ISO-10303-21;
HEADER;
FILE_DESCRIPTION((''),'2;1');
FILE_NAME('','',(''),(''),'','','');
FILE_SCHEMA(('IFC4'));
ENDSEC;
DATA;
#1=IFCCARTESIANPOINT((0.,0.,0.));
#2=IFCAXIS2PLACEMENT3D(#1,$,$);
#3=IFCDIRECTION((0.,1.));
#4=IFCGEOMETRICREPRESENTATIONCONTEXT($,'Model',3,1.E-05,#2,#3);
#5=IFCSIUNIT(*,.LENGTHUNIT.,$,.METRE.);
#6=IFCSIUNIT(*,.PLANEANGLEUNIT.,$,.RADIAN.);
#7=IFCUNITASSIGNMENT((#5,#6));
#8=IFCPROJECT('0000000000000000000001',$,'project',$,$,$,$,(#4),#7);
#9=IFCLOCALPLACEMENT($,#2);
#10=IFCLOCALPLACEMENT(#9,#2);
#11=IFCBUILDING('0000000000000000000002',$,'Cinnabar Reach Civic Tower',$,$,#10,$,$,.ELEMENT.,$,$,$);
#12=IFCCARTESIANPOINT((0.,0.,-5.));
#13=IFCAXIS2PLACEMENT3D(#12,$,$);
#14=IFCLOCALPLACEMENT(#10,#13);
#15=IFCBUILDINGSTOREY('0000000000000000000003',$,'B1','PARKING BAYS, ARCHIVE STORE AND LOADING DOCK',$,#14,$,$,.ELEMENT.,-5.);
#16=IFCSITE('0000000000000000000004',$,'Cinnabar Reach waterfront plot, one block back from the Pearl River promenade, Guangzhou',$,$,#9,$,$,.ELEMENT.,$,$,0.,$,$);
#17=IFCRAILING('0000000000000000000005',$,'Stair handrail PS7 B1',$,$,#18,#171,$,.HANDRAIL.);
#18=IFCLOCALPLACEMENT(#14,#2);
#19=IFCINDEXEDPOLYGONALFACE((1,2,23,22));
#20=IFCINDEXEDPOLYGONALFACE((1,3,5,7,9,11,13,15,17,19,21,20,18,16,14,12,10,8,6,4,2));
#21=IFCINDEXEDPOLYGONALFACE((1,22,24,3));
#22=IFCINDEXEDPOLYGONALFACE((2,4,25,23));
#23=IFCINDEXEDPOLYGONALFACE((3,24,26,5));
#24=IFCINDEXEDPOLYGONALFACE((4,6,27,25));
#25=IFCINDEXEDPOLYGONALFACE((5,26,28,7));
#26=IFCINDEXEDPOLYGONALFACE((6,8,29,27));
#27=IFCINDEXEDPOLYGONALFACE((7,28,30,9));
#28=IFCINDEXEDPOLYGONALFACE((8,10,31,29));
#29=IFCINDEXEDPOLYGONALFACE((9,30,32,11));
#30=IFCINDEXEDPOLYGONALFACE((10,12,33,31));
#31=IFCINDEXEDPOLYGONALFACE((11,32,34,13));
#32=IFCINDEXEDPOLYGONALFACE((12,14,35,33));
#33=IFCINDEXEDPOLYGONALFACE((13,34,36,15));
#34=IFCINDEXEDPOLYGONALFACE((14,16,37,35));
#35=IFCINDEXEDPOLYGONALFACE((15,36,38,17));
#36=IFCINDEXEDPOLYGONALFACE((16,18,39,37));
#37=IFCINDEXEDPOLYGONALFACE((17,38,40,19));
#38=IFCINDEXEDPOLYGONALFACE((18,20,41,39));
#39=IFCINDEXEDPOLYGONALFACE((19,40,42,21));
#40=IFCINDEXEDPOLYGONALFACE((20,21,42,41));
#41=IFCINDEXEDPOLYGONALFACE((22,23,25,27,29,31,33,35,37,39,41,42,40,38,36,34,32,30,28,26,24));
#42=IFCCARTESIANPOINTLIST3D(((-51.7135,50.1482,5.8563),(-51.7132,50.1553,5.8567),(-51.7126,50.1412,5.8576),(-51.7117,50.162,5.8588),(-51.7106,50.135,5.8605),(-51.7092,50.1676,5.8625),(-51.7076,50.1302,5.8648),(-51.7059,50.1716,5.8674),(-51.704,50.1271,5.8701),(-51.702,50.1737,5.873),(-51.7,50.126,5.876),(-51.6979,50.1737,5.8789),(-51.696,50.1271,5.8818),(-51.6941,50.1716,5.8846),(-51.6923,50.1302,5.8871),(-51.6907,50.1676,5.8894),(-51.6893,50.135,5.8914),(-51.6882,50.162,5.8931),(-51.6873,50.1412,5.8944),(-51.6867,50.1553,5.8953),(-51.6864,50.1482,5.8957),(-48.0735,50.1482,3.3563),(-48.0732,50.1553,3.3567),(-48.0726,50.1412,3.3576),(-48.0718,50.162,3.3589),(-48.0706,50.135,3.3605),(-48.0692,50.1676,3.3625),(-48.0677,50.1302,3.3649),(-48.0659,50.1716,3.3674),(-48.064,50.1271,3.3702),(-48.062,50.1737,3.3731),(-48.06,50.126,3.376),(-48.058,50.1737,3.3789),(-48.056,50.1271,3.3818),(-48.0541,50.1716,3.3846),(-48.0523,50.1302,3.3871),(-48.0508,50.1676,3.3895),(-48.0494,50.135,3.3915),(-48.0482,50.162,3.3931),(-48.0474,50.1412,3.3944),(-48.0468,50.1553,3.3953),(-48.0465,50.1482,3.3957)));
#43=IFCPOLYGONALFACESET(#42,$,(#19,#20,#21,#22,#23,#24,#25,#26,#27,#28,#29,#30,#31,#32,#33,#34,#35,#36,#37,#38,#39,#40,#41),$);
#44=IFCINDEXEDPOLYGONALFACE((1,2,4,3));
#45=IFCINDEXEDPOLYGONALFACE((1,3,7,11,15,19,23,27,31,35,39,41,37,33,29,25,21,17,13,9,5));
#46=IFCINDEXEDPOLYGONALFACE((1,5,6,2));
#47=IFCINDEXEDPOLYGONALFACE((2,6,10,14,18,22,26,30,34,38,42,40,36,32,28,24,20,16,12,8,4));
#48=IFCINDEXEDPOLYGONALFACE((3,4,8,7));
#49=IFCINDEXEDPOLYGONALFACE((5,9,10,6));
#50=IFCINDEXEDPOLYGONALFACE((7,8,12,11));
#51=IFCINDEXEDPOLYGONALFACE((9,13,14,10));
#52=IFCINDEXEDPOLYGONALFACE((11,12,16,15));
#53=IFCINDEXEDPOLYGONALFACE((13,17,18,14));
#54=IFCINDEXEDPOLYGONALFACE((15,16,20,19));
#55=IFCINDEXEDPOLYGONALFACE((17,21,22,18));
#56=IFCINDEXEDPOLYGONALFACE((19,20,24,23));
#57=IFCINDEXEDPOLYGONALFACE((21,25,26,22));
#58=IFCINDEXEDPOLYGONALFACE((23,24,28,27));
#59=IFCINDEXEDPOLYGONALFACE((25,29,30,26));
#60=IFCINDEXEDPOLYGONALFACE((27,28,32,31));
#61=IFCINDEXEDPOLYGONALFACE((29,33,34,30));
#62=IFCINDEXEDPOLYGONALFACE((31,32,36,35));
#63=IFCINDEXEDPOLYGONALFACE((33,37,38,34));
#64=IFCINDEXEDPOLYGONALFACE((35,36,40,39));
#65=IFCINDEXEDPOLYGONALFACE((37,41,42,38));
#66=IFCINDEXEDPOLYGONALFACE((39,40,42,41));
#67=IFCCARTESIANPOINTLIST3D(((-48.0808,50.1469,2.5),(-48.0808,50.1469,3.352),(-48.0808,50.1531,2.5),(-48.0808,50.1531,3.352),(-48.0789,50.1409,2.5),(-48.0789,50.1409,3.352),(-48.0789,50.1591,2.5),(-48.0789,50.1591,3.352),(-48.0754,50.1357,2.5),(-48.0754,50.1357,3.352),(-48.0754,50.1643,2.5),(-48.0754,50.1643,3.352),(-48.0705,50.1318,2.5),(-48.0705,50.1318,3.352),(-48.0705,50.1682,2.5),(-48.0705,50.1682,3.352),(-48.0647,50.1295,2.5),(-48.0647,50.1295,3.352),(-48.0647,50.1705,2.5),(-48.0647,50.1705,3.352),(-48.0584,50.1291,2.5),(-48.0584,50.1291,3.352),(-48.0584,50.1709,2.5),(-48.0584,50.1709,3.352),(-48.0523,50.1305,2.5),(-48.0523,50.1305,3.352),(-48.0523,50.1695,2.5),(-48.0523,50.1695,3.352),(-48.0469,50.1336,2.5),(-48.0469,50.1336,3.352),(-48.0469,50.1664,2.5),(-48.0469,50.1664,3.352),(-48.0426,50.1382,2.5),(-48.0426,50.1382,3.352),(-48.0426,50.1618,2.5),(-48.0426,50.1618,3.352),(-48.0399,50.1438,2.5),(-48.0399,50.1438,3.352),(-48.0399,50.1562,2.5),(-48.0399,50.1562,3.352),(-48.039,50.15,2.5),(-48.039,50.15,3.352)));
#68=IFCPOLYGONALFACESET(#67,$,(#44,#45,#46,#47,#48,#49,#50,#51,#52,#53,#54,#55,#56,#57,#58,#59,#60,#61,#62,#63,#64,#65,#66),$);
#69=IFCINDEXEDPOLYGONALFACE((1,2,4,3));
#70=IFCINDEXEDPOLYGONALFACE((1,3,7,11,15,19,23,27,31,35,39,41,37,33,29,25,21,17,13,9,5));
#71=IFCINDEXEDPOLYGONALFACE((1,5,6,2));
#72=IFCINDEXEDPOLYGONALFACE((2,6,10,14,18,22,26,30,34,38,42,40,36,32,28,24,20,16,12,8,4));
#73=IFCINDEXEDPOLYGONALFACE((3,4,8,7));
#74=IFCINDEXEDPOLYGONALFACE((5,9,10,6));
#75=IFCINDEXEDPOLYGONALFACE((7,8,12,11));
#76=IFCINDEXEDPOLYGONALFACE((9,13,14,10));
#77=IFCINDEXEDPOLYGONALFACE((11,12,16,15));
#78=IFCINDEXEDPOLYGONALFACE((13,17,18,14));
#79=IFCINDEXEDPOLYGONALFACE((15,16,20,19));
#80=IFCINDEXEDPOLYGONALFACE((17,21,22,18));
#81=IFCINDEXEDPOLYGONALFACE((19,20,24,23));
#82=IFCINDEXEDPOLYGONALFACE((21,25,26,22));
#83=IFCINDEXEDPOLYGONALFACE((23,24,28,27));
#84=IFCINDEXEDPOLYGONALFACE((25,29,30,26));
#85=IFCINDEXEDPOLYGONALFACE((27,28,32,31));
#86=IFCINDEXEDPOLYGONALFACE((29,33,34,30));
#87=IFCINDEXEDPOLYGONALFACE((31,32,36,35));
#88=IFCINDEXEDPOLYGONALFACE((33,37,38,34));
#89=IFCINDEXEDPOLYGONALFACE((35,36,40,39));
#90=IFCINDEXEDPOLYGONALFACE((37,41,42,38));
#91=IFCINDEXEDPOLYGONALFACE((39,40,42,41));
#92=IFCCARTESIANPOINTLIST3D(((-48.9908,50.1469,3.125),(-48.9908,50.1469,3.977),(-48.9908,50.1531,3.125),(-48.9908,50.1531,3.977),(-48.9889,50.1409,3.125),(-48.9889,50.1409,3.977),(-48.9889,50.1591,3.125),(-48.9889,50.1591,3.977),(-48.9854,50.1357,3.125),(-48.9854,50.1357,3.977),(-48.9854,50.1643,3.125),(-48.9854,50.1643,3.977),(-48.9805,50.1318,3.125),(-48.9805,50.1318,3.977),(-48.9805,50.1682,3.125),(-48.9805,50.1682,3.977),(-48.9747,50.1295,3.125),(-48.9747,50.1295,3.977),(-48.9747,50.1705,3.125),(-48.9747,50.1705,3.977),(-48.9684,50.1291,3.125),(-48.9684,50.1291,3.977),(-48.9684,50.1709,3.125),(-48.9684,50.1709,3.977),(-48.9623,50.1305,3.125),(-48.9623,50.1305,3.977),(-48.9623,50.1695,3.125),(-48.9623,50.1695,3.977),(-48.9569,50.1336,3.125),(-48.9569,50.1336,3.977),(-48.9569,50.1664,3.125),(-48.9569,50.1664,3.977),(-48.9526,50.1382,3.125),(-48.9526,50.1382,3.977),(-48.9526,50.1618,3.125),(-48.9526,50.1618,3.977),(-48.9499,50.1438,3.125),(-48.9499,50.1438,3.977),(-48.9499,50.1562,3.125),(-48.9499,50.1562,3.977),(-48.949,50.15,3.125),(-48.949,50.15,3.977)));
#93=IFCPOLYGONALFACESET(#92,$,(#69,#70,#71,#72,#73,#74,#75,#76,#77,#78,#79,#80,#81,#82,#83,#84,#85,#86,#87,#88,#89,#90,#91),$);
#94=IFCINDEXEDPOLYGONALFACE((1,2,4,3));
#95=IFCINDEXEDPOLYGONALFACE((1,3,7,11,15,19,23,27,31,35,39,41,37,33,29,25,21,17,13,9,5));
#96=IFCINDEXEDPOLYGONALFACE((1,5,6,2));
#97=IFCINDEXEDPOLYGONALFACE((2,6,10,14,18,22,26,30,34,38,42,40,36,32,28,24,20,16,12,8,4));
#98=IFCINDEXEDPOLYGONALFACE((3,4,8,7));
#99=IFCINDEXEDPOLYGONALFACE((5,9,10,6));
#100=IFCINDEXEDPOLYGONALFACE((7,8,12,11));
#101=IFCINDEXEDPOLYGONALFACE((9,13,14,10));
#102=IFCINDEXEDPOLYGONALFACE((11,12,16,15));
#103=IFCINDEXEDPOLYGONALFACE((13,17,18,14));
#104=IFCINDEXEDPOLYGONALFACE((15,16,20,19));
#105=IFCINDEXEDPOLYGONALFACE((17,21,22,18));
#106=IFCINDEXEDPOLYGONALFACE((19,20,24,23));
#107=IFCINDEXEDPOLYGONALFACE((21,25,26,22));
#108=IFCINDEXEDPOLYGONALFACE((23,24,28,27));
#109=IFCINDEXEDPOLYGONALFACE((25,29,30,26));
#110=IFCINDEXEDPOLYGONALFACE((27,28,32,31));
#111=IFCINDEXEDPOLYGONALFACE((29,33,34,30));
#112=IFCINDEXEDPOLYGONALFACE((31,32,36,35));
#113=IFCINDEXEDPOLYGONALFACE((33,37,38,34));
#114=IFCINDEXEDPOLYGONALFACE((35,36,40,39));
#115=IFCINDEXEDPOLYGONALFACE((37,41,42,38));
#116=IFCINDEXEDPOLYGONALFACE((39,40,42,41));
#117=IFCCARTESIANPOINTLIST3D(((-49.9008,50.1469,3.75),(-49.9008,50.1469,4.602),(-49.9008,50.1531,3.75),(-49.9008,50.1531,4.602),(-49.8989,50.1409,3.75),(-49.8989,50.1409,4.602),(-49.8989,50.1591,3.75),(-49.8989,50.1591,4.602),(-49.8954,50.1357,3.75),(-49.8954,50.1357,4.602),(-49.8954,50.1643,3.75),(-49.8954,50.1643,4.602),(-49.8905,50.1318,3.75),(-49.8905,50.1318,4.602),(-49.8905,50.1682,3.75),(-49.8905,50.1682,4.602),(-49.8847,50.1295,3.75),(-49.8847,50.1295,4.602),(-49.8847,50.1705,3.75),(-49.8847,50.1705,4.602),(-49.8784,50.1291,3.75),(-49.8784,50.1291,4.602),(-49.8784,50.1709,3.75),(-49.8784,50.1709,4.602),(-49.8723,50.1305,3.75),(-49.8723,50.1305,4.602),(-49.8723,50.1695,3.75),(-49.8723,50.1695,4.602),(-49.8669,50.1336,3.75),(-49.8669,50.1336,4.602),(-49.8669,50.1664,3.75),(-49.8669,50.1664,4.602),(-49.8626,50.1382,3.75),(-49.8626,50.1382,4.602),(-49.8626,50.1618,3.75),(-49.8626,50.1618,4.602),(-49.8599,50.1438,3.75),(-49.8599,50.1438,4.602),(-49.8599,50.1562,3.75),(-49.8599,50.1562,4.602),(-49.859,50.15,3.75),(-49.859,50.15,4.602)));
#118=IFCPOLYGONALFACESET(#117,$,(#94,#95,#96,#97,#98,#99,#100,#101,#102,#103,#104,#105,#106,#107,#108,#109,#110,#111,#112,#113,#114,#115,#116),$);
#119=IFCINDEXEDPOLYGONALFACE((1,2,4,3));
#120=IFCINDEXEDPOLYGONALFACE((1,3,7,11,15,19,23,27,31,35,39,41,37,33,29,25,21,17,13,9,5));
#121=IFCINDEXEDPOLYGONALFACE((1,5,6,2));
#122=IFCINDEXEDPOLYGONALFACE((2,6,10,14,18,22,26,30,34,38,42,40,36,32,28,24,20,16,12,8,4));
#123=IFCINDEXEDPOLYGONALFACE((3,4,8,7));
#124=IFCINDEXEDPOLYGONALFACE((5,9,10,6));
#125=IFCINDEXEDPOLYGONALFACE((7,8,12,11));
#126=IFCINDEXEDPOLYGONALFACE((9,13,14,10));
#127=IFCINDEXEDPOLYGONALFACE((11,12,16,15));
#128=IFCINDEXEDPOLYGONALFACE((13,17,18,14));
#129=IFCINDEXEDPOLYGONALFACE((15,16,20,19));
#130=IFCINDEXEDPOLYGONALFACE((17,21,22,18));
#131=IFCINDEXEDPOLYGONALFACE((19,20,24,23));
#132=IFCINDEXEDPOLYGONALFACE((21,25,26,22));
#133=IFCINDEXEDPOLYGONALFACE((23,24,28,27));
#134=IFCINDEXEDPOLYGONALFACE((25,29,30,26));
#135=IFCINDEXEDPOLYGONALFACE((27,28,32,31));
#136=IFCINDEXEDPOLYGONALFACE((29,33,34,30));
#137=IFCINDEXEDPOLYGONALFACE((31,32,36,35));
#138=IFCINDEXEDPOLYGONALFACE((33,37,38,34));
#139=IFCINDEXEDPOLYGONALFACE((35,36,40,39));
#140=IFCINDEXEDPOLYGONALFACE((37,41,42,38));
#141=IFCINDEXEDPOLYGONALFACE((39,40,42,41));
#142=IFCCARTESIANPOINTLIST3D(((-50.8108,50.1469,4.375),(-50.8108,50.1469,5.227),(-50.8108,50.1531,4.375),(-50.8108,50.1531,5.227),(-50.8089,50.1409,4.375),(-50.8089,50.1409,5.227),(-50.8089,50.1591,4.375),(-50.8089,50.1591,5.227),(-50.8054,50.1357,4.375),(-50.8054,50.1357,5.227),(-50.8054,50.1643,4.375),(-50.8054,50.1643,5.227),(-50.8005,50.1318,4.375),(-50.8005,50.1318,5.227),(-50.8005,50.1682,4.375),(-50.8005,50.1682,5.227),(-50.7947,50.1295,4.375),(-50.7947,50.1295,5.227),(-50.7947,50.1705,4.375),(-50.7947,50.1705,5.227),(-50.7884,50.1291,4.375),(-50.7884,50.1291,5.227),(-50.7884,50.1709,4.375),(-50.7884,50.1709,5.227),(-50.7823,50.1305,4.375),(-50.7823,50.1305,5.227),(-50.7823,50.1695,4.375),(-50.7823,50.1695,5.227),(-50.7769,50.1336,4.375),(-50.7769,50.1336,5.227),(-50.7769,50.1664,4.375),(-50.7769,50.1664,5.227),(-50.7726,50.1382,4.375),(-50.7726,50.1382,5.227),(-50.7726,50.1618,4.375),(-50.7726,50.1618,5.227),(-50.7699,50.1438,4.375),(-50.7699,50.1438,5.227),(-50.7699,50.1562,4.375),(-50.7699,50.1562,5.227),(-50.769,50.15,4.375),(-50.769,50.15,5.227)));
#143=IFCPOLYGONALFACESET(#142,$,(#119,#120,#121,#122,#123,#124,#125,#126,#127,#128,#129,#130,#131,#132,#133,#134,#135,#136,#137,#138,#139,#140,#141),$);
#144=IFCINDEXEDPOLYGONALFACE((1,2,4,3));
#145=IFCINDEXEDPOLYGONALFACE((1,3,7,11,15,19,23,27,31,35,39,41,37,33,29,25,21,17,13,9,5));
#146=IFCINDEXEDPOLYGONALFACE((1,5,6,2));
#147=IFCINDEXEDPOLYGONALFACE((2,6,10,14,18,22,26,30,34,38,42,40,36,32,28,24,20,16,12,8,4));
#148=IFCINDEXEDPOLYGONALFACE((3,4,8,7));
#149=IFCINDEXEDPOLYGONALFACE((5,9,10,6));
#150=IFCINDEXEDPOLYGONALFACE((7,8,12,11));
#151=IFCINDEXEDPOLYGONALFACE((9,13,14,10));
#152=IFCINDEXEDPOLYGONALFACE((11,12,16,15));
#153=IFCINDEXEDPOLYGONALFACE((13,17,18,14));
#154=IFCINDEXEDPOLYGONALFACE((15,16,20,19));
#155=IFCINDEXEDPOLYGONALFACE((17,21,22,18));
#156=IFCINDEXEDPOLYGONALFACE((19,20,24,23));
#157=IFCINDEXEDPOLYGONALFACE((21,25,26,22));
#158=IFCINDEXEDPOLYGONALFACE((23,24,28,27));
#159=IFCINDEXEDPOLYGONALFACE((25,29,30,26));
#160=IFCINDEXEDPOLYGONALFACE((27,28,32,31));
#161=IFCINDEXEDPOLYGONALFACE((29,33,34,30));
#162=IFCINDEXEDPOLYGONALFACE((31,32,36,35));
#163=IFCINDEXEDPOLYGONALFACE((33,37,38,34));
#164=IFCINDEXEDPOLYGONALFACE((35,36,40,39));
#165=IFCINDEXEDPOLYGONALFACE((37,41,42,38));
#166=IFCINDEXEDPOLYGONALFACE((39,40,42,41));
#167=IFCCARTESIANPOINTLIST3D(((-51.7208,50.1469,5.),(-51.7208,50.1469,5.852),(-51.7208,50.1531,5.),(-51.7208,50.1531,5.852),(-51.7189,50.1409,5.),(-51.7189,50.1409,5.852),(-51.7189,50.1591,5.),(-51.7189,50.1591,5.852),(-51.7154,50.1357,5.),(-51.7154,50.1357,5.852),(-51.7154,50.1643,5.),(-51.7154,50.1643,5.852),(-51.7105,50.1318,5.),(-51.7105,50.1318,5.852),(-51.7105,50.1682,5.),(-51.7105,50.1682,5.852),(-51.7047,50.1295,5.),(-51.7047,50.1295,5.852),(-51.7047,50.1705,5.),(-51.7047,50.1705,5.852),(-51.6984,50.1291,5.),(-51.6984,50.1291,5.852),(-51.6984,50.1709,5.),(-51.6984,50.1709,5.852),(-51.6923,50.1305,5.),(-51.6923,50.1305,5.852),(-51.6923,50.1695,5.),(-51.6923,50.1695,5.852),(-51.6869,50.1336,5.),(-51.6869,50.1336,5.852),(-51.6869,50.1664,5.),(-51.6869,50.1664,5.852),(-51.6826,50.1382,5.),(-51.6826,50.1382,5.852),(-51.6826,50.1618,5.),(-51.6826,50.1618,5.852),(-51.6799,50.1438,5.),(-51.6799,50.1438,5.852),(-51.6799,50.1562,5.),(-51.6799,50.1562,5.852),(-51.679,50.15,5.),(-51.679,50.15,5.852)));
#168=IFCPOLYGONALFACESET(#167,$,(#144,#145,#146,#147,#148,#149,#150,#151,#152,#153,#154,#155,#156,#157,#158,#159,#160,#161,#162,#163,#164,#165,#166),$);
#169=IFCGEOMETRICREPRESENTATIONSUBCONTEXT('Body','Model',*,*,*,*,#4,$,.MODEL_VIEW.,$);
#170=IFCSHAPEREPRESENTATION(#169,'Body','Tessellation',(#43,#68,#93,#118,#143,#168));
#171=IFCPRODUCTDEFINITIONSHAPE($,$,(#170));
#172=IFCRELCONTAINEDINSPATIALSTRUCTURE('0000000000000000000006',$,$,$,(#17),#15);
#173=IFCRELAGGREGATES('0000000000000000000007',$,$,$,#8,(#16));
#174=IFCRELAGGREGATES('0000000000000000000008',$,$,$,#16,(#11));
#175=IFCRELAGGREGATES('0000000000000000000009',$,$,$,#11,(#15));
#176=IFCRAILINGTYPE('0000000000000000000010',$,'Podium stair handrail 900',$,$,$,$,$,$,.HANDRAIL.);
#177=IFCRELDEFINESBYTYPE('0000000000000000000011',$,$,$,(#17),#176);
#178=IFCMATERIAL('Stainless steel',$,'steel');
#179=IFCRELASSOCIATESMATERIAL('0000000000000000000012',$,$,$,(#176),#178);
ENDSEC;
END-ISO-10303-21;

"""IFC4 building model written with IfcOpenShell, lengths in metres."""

from ifc_helpers import new_model, si_unit, direction, frame, origin, origin_2d, place, context, subcontext, project, spatial, circle, extrude, material, type_object, element, save


model = new_model("IFC4")

# Units and contexts
model_context = context("Model", 3, precision=1e-05, world=origin(), true_north=direction((0.0, 1.0)))
body_context = subcontext(model_context, "Body", "Model", "MODEL_VIEW")
ifc_project = project(units=[si_unit("LENGTHUNIT", "METRE"), si_unit("PLANEANGLEUNIT", "RADIAN")], contexts=[model_context])

# Site, building, storey
site_placement = place(None, origin())
site = spatial("IfcSite", under=ifc_project, at=site_placement, Name="Cinnabar Reach waterfront plot, one block back from the Pearl River promenade, Guangzhou", CompositionType="ELEMENT", RefElevation=0.0)
building_placement = place(site_placement, origin())
building = spatial("IfcBuilding", under=site, at=building_placement, Name="Cinnabar Reach Civic Tower", CompositionType="ELEMENT")
storey_placement = place(building_placement, frame((0.0, 0.0, -5.0)))
storey = spatial("IfcBuildingStorey", under=building, at=storey_placement, Name="B1", Description="PARKING BAYS, ARCHIVE STORE AND LOADING DOCK", CompositionType="ELEMENT", Elevation=-5.0)

# Railing
ifc_material_1 = material(Name="Stainless steel", Category="steel")
railing_type_1 = type_object("IfcRailingType", Name="Podium stair handrail 900", PredefinedType="HANDRAIL", material=ifc_material_1)
for number, where, name in (
    (1, (-48.06, 50.15, 2.5), "Stair handrail PS7 B1"),
):
    element("IfcRailing", number, at=place(storey_placement, frame(where)), inside=storey, type_object=railing_type_1, Name=name, PredefinedType="HANDRAIL", context=body_context, shape_type="SweptSolid", body=[
        extrude(circle(Radius=0.024, at=origin_2d()), frame((0.0, 0.0, 0.876), z_axis=(-0.824306, 0.0, 0.566144), x_axis=(0.0, -1.0, 0.0)), (0.0, 0.0, 1.0), 4.4158),
        extrude(circle(Radius=0.021, at=origin_2d()), origin(), (0.0, 0.0, 1.0), 0.852),
        extrude(circle(Radius=0.021, at=origin_2d()), frame((-0.91, 0.0, 0.625)), (0.0, 0.0, 1.0), 0.852),
        extrude(circle(Radius=0.021, at=origin_2d()), frame((-1.82, 0.0, 1.25)), (0.0, 0.0, 1.0), 0.852),
        extrude(circle(Radius=0.021, at=origin_2d()), frame((-2.73, 0.0, 1.875)), (0.0, 0.0, 1.0), 0.852),
        extrude(circle(Radius=0.021, at=origin_2d()), frame((-3.64, 0.0, 2.5)), (0.0, 0.0, 1.0), 0.852),
    ])

save(model, "model.ifc")
